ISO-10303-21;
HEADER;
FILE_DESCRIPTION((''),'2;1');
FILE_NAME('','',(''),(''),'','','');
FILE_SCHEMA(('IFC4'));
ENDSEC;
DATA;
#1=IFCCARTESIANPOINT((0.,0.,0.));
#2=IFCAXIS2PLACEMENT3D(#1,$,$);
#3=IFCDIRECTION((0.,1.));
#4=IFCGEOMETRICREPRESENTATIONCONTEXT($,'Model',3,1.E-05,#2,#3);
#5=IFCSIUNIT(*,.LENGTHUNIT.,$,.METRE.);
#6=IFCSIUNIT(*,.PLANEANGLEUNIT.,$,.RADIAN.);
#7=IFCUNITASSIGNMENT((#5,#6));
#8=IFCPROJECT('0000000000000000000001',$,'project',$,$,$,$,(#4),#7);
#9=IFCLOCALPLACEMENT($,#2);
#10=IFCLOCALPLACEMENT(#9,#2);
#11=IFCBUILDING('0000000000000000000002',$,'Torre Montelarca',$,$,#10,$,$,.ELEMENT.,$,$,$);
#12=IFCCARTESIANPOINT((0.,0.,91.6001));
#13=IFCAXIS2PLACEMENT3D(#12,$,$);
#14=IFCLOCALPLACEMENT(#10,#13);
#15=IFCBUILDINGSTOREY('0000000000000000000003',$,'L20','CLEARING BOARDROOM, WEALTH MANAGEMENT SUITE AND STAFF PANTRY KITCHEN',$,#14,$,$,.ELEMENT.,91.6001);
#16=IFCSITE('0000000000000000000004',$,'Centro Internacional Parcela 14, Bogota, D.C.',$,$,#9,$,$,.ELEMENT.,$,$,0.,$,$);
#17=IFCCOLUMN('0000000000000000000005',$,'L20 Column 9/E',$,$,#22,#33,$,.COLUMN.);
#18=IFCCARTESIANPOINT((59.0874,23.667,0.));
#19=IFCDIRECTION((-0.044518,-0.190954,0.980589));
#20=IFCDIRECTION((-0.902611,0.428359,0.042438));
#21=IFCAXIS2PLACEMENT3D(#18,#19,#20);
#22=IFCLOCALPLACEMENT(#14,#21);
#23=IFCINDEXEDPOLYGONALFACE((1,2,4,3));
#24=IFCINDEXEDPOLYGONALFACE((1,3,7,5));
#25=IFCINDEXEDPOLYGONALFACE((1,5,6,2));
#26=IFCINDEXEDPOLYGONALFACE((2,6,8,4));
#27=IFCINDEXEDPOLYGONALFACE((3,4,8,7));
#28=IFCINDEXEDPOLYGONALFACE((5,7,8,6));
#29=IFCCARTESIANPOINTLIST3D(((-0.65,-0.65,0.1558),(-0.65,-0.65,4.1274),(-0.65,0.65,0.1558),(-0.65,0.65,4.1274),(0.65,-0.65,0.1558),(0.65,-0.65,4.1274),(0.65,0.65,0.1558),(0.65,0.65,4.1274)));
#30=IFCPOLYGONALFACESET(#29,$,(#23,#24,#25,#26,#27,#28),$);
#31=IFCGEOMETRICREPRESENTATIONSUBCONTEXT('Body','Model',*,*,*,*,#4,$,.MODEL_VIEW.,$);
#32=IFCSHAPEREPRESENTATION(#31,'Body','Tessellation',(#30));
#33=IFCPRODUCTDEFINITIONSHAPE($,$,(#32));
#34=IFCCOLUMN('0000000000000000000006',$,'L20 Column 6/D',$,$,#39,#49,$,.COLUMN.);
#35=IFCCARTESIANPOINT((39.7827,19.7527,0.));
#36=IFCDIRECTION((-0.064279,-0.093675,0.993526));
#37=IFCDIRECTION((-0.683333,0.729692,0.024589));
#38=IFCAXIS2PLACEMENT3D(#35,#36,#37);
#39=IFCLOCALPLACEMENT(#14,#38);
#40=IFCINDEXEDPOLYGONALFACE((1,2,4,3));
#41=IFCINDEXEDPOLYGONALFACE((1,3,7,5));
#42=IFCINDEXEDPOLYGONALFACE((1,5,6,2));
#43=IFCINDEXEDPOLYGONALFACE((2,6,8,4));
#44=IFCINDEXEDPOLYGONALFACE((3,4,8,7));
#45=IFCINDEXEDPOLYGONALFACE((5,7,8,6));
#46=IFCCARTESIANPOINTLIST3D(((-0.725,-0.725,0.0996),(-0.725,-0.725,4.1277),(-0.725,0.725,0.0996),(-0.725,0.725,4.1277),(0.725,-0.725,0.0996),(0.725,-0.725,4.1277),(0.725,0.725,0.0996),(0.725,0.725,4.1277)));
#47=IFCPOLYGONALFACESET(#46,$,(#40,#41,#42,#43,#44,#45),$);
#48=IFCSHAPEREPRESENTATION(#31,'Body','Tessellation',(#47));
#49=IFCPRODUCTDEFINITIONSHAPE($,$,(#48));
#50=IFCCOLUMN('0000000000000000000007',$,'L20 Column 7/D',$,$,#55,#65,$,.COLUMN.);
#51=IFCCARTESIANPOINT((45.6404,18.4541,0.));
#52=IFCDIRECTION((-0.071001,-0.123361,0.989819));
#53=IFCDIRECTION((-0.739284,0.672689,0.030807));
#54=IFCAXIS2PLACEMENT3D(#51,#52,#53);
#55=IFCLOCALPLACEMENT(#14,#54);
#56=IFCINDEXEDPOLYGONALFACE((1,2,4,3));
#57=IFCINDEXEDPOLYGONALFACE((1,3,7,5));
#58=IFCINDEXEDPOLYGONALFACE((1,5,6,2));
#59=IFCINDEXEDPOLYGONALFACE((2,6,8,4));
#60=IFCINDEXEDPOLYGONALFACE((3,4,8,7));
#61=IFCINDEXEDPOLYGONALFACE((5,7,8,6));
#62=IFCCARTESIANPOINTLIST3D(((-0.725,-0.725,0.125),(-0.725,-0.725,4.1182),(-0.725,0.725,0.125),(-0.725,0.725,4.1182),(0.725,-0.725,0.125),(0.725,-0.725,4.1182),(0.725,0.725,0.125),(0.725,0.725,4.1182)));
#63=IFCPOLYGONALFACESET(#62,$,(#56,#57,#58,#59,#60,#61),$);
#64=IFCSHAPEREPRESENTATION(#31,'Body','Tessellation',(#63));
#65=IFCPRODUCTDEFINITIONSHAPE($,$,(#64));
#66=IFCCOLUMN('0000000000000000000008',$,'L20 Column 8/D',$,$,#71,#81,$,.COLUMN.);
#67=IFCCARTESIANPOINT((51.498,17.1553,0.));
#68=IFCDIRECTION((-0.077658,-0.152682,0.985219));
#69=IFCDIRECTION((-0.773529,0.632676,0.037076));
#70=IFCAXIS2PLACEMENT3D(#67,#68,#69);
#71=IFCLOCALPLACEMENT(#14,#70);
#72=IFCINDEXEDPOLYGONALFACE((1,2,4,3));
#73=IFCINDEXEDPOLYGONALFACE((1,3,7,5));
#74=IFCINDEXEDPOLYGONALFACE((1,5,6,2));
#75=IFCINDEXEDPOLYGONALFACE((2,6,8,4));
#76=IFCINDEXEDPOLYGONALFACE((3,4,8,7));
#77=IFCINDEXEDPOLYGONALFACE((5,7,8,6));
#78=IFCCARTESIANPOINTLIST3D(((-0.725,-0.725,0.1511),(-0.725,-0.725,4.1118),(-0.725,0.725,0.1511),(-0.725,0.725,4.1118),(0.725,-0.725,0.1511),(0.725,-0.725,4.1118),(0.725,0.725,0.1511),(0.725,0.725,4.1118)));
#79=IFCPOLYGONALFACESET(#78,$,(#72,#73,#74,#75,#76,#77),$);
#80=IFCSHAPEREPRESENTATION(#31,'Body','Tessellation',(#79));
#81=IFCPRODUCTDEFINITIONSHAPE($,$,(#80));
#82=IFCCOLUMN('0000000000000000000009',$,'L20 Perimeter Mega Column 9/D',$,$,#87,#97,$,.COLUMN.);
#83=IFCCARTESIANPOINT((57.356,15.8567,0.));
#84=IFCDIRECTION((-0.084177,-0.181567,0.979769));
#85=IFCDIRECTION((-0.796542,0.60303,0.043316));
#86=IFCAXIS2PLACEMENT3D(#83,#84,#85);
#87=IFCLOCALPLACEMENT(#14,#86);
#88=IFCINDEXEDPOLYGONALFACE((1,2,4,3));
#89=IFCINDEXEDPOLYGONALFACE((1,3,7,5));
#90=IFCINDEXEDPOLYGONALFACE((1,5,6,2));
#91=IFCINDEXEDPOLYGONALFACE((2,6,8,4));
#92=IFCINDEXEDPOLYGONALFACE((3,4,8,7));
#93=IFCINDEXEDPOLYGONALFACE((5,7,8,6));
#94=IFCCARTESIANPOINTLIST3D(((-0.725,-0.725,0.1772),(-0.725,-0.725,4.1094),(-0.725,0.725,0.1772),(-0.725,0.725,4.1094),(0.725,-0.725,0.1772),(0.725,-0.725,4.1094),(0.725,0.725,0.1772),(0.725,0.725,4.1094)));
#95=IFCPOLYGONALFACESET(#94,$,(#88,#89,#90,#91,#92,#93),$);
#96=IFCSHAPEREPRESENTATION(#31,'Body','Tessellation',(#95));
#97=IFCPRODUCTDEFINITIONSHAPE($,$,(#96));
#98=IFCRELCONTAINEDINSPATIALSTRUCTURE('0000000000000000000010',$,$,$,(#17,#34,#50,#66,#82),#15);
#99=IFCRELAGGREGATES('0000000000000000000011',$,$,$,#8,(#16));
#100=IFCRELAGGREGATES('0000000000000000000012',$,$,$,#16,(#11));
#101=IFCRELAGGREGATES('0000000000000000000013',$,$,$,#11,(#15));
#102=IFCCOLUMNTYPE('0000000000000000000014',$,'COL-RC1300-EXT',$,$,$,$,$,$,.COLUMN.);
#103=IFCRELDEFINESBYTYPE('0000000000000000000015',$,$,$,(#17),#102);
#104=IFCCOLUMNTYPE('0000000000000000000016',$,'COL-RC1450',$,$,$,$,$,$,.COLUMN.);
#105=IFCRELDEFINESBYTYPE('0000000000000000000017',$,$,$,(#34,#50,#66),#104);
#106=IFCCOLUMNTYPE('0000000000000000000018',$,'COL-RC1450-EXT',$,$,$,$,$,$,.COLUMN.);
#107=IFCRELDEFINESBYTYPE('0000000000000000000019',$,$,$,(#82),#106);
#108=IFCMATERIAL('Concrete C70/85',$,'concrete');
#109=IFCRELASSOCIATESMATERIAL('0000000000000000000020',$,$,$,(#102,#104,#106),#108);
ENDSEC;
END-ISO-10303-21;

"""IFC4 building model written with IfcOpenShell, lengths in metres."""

from ifc_helpers import new_model, si_unit, direction, frame, origin, origin_2d, place, context, subcontext, project, spatial, rectangle, extrude, clip, halfspace, material, material_profile, profile_set, type_object, element, save


model = new_model("IFC4")

# Units and contexts
model_context = context("Model", 3, precision=1e-05, world=origin(), true_north=direction((0.0, 1.0)))
body_context = subcontext(model_context, "Body", "Model", "MODEL_VIEW")
ifc_project = project(units=[si_unit("LENGTHUNIT", "METRE"), si_unit("PLANEANGLEUNIT", "RADIAN")], contexts=[model_context])

# Site, building, storey
site_placement = place(None, origin())
site = spatial("IfcSite", under=ifc_project, at=site_placement, Name="Centro Internacional Parcela 14, Bogota, D.C.", CompositionType="ELEMENT", RefElevation=0.0)
building_placement = place(site_placement, origin())
building = spatial("IfcBuilding", under=site, at=building_placement, Name="Torre Montelarca", CompositionType="ELEMENT")
storey_placement = place(building_placement, frame((0.0, 0.0, 91.6001)))
storey = spatial("IfcBuildingStorey", under=building, at=storey_placement, Name="L20", Description="CLEARING BOARDROOM, WEALTH MANAGEMENT SUITE AND STAFF PANTRY KITCHEN", CompositionType="ELEMENT", Elevation=91.6001)

# Columns
ifc_material_1 = material(Name="Concrete C70/85", Category="concrete")
ifc_material_profile_1 = material_profile(ifc_material_1, rectangle(XDim=1.3, YDim=1.3, at=origin_2d()), Name="RC1300X1300", Category="concrete")
ifc_profile_set_1 = profile_set([ifc_material_profile_1], Name="Concrete C70/85")
column_type_1 = type_object("IfcColumnType", Name="COL-RC1300-EXT", PredefinedType="COLUMN", material=ifc_profile_set_1)
column_1_placement = place(storey_placement, frame((59.0874, 23.667, 0.0), z_axis=(-0.044518, -0.190954, 0.980589), x_axis=(-0.902611, 0.428359, 0.042438)))
element("IfcColumn", 1, at=column_1_placement, inside=storey, type_object=column_type_1, Name="L20 Column 9/E", PredefinedType="COLUMN", context=body_context, shape_type="Clipping", body=[
    clip(clip(extrude(rectangle(XDim=1.3, YDim=1.3, at=origin_2d()), origin(), (0.0, 0.0, 1.0), 4.2832), halfspace(frame((0.0, 0.0, 0.1558), z_axis=(0.0, 0.0, -1.0), x_axis=(1.0, 0.0, 0.0)), False)), halfspace(frame((0.0, 0.0, 4.1274), z_axis=(0.0, 0.0, 1.0), x_axis=(1.0, 0.0, 0.0)), False)),
])
ifc_material_profile_2 = material_profile(ifc_material_1, rectangle(XDim=1.45, YDim=1.45, at=origin_2d()), Name="RC1450X1450", Category="concrete")
ifc_profile_set_2 = profile_set([ifc_material_profile_2], Name="Concrete C70/85")
column_type_2 = type_object("IfcColumnType", Name="COL-RC1450", PredefinedType="COLUMN", material=ifc_profile_set_2)
column_2_placement = place(storey_placement, frame((39.7827, 19.7527, 0.0), z_axis=(-0.064279, -0.093675, 0.993526), x_axis=(-0.683333, 0.729692, 0.024589)))
element("IfcColumn", 2, at=column_2_placement, inside=storey, type_object=column_type_2, Name="L20 Column 6/D", PredefinedType="COLUMN", context=body_context, shape_type="Clipping", body=[
    clip(clip(extrude(rectangle(XDim=1.45, YDim=1.45, at=origin_2d()), origin(), (0.0, 0.0, 1.0), 4.2273), halfspace(frame((0.0, 0.0, 0.0996), z_axis=(0.0, 0.0, -1.0), x_axis=(1.0, 0.0, 0.0)), False)), halfspace(frame((0.0, 0.0, 4.1277), z_axis=(0.0, 0.0, 1.0), x_axis=(1.0, 0.0, 0.0)), False)),
])
column_3_placement = place(storey_placement, frame((45.6404, 18.4541, 0.0), z_axis=(-0.071001, -0.123361, 0.989819), x_axis=(-0.739284, 0.672689, 0.030807)))
element("IfcColumn", 3, at=column_3_placement, inside=storey, type_object=column_type_2, Name="L20 Column 7/D", PredefinedType="COLUMN", context=body_context, shape_type="Clipping", body=[
    clip(clip(extrude(rectangle(XDim=1.45, YDim=1.45, at=origin_2d()), origin(), (0.0, 0.0, 1.0), 4.2432), halfspace(frame((0.0, 0.0, 0.125), z_axis=(0.0, 0.0, -1.0), x_axis=(1.0, 0.0, 0.0)), False)), halfspace(frame((0.0, 0.0, 4.1182), z_axis=(0.0, 0.0, 1.0), x_axis=(1.0, 0.0, 0.0)), False)),
])
column_4_placement = place(storey_placement, frame((51.498, 17.1553, 0.0), z_axis=(-0.077658, -0.152682, 0.985219), x_axis=(-0.773529, 0.632676, 0.037076)))
element("IfcColumn", 4, at=column_4_placement, inside=storey, type_object=column_type_2, Name="L20 Column 8/D", PredefinedType="COLUMN", context=body_context, shape_type="Clipping", body=[
    clip(clip(extrude(rectangle(XDim=1.45, YDim=1.45, at=origin_2d()), origin(), (0.0, 0.0, 1.0), 4.2629), halfspace(frame((0.0, 0.0, 0.1511), z_axis=(0.0, 0.0, -1.0), x_axis=(1.0, 0.0, 0.0)), False)), halfspace(frame((0.0, 0.0, 4.1118), z_axis=(0.0, 0.0, 1.0), x_axis=(1.0, 0.0, 0.0)), False)),
])
ifc_material_profile_3 = material_profile(ifc_material_1, rectangle(XDim=1.45, YDim=1.45, at=origin_2d()), Name="RC1450X1450", Category="concrete")
ifc_profile_set_3 = profile_set([ifc_material_profile_3], Name="Concrete C70/85")
column_type_3 = type_object("IfcColumnType", Name="COL-RC1450-EXT", PredefinedType="COLUMN", material=ifc_profile_set_3)
column_5_placement = place(storey_placement, frame((57.356, 15.8567, 0.0), z_axis=(-0.084177, -0.181567, 0.979769), x_axis=(-0.796542, 0.60303, 0.043316)))
element("IfcColumn", 5, at=column_5_placement, inside=storey, type_object=column_type_3, Name="L20 Perimeter Mega Column 9/D", PredefinedType="COLUMN", context=body_context, shape_type="Clipping", body=[
    clip(clip(extrude(rectangle(XDim=1.45, YDim=1.45, at=origin_2d()), origin(), (0.0, 0.0, 1.0), 4.2866), halfspace(frame((0.0, 0.0, 0.1772), z_axis=(0.0, 0.0, -1.0), x_axis=(1.0, 0.0, 0.0)), False)), halfspace(frame((0.0, 0.0, 4.1094), z_axis=(0.0, 0.0, 1.0), x_axis=(1.0, 0.0, 0.0)), False)),
])

save(model, "model.ifc")
